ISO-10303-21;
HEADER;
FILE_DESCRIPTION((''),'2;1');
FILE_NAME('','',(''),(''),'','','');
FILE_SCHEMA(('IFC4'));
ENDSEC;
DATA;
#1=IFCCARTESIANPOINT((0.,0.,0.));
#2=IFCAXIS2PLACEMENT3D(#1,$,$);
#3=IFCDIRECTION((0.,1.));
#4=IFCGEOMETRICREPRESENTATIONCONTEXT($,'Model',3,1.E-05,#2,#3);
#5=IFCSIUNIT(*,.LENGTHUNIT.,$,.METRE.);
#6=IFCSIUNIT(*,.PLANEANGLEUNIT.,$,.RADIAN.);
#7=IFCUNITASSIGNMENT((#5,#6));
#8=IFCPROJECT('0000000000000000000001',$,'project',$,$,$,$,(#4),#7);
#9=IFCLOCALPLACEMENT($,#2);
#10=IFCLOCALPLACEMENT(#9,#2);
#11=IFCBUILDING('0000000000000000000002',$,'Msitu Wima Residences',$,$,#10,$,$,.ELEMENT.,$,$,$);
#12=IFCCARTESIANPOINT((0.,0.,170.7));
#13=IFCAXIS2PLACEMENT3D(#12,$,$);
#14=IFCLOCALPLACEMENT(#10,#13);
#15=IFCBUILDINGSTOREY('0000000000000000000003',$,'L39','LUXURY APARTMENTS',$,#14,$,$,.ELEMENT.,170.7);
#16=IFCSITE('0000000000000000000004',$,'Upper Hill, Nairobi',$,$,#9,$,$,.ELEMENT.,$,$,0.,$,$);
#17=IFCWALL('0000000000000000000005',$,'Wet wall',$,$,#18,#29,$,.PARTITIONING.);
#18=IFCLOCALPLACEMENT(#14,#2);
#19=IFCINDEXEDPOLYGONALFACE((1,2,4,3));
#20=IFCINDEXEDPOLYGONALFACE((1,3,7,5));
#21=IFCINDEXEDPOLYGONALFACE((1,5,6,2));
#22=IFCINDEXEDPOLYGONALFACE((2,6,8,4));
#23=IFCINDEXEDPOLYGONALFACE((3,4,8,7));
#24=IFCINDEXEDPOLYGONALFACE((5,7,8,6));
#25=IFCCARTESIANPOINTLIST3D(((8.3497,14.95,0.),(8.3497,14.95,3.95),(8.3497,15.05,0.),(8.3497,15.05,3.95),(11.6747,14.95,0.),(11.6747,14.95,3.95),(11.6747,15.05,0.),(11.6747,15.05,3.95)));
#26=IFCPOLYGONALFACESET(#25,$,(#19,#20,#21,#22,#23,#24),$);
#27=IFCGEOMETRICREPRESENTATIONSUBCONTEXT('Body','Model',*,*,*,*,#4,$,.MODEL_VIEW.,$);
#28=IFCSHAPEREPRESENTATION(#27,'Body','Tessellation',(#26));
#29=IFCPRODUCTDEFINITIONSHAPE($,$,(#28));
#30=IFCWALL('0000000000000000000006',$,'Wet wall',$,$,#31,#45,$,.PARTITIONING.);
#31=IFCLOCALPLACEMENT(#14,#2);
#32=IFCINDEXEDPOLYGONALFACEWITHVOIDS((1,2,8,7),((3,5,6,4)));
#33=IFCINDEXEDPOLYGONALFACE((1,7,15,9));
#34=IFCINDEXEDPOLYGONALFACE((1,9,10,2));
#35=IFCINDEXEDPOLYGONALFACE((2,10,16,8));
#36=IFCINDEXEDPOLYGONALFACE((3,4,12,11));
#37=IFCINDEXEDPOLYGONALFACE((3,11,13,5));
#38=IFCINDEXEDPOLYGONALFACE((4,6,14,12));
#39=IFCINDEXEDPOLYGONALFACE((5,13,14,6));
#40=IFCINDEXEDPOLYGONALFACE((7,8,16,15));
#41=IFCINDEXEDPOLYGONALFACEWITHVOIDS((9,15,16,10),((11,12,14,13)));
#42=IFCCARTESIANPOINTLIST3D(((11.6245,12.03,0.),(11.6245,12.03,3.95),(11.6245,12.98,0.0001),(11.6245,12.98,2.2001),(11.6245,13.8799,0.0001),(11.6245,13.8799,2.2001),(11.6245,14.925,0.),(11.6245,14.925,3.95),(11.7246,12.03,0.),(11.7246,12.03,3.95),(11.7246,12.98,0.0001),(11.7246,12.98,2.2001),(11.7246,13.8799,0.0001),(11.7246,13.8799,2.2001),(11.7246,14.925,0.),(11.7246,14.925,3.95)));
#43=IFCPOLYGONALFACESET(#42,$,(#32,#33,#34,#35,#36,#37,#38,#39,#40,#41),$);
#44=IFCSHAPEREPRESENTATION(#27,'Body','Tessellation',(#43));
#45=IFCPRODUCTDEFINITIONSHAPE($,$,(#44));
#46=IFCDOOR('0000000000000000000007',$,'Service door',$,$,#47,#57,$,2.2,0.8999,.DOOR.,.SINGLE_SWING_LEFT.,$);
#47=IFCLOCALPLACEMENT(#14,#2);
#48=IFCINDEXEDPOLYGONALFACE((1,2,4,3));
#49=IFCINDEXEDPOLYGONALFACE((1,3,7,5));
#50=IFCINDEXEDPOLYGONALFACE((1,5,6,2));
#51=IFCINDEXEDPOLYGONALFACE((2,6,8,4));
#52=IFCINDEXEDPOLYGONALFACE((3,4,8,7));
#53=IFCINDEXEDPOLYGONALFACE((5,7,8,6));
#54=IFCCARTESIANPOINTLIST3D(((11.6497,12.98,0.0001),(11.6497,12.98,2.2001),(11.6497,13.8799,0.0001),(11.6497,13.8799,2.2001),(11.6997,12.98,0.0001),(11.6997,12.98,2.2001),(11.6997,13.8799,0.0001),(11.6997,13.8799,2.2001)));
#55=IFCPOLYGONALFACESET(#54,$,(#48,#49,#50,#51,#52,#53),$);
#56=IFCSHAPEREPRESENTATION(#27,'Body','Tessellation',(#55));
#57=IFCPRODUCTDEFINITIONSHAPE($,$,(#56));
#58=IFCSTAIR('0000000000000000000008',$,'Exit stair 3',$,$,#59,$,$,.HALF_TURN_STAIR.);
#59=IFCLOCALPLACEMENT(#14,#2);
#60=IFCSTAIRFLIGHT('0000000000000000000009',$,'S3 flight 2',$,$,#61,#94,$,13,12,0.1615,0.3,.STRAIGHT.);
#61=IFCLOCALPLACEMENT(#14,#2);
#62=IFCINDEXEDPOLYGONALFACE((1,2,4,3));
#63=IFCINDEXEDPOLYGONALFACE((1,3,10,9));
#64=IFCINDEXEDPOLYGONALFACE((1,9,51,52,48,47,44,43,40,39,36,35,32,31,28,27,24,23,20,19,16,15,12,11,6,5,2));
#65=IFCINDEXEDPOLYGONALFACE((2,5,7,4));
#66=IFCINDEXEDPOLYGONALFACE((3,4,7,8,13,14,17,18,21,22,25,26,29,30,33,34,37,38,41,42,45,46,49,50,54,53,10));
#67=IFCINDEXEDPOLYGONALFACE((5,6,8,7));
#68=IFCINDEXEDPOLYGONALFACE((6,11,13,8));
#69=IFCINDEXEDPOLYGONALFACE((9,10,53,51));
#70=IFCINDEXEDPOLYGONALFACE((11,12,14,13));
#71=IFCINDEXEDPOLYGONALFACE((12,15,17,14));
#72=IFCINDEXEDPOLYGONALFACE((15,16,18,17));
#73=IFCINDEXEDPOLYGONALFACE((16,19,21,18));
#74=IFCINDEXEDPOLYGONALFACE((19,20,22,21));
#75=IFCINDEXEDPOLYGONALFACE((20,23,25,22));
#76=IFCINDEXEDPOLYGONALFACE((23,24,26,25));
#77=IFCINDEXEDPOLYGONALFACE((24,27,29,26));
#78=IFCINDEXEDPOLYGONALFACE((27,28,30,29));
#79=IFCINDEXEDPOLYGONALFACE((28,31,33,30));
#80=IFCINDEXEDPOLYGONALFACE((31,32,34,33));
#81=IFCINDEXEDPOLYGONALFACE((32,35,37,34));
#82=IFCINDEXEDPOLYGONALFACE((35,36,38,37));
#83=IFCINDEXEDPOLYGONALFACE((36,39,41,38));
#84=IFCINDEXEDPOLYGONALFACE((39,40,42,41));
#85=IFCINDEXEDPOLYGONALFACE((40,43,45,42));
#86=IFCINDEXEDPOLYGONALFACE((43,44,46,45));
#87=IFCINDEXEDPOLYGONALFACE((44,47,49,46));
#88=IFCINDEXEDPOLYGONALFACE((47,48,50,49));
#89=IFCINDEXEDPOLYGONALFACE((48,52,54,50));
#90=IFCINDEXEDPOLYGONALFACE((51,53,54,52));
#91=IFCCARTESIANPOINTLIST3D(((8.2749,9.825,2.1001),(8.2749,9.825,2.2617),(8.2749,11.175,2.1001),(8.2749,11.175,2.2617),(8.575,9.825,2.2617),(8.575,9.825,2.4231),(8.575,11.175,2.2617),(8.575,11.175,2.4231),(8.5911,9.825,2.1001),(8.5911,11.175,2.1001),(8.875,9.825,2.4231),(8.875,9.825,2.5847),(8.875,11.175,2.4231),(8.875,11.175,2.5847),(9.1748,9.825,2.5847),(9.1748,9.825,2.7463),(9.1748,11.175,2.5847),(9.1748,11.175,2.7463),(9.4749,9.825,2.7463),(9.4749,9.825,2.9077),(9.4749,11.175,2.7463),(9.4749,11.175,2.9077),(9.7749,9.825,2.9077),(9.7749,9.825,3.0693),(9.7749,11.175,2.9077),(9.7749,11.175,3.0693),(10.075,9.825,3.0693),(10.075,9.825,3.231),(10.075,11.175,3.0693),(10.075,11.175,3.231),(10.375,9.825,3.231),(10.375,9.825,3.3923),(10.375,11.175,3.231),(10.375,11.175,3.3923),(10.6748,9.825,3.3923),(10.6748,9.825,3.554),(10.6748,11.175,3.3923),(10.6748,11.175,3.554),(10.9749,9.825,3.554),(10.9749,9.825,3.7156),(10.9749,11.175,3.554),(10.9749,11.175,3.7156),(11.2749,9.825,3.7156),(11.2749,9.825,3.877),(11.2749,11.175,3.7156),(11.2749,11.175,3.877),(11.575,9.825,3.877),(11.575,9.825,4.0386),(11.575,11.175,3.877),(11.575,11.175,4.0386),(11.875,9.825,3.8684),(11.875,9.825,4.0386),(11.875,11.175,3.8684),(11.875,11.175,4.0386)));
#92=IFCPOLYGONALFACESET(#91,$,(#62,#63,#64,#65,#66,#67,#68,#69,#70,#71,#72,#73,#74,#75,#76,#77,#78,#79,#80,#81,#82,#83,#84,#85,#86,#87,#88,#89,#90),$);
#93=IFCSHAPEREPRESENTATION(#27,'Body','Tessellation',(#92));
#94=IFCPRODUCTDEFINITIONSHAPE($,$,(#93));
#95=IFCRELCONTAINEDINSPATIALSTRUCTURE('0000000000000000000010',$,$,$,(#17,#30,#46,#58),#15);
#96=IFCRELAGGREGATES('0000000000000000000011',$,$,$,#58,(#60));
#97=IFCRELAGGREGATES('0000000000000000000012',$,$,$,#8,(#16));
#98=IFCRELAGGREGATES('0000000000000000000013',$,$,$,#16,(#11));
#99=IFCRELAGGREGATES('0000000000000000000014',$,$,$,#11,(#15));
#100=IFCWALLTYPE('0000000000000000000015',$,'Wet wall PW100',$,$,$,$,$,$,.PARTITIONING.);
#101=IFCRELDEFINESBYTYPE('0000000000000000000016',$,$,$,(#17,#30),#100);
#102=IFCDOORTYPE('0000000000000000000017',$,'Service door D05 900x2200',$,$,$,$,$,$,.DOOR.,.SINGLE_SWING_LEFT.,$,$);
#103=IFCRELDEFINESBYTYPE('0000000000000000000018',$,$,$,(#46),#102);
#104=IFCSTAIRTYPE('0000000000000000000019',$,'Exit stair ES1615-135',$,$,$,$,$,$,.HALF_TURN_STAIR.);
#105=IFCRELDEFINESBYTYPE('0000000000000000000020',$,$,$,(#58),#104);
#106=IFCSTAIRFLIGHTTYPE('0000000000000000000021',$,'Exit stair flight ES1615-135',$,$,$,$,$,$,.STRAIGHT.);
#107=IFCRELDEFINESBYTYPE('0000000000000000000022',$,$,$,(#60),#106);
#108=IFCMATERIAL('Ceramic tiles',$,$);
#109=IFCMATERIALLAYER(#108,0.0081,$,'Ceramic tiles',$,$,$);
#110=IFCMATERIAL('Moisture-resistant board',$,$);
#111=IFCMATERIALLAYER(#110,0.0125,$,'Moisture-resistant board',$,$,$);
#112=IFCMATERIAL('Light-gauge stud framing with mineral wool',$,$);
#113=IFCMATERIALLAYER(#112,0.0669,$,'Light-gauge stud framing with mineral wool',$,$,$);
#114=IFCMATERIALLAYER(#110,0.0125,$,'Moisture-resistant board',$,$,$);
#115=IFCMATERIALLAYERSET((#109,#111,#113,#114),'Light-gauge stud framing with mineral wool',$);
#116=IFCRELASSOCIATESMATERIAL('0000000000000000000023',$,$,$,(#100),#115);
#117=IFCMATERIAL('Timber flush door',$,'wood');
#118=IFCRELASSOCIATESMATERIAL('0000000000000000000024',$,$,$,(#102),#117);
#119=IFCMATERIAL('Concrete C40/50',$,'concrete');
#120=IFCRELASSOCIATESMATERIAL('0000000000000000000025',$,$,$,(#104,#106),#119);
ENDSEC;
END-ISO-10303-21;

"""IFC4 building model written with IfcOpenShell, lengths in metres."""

from ifc_helpers import new_model, si_unit, direction, frame, frame_2d, origin, place, context, subcontext, project, spatial, polyline, rectangle, outline, extrude, material, layer, layer_set, type_object, element, fill, aggregate, save


model = new_model("IFC4")

# Units and contexts
model_context = context("Model", 3, precision=1e-05, world=origin(), true_north=direction((0.0, 1.0)))
body_context = subcontext(model_context, "Body", "Model", "MODEL_VIEW")
ifc_project = project(units=[si_unit("LENGTHUNIT", "METRE"), si_unit("PLANEANGLEUNIT", "RADIAN")], contexts=[model_context])

# Site, building, storey
site_placement = place(None, origin())
site = spatial("IfcSite", under=ifc_project, at=site_placement, Name="Upper Hill, Nairobi", CompositionType="ELEMENT", RefElevation=0.0)
building_placement = place(site_placement, origin())
building = spatial("IfcBuilding", under=site, at=building_placement, Name="Msitu Wima Residences", CompositionType="ELEMENT")
storey_placement = place(building_placement, frame((0.0, 0.0, 170.7)))
storey = spatial("IfcBuildingStorey", under=building, at=storey_placement, Name="L39", Description="LUXURY APARTMENTS", CompositionType="ELEMENT", Elevation=170.7)

# Shared definitions
ifc_material_1 = material(Name="Concrete C40/50", Category="concrete")

# Shared definitions
ifc_material_2 = material(Name="Timber flush door", Category="wood")

# Shared definitions
ifc_material_3 = material(Name="Ceramic tiles")
ifc_layer_1 = layer(ifc_material_3, 0.0081, Name="Ceramic tiles")
ifc_material_4 = material(Name="Moisture-resistant board")
ifc_layer_2 = layer(ifc_material_4, 0.0125, Name="Moisture-resistant board")
ifc_material_5 = material(Name="Light-gauge stud framing with mineral wool")
ifc_layer_3 = layer(ifc_material_5, 0.0669, Name="Light-gauge stud framing with mineral wool")
ifc_layer_4 = layer(ifc_material_4, 0.0125, Name="Moisture-resistant board")
ifc_layer_set_1 = layer_set([ifc_layer_1, ifc_layer_2, ifc_layer_3, ifc_layer_4], Name="Light-gauge stud framing with mineral wool")
wall_type_1 = type_object("IfcWallType", Name="Wet wall PW100", PredefinedType="PARTITIONING", material=ifc_layer_set_1)

# Wall
wall_1_placement = place(storey_placement, frame((8.3496, 15.0, 0.0), z_axis=(0.0, 0.0, 1.0), x_axis=(1.0, 0.0, 0.0)))
element("IfcWall", 1, at=wall_1_placement, inside=storey, type_object=wall_type_1, Name="Wet wall", PredefinedType="PARTITIONING", context=body_context, shape_type="SweptSolid", body=[
    extrude(rectangle(XDim=3.325, YDim=0.1001, at=frame_2d((1.6626, 0.0))), origin(), (0.0, 0.0, 1.0), 3.95),
])

# Wall, opening, door
wall_2_placement = place(storey_placement, frame((11.6746, 12.03, 0.0), z_axis=(0.0, 0.0, 1.0), x_axis=(0.0, 1.0, 0.0)))
wall_2 = element("IfcWall", 2, at=wall_2_placement, inside=storey, type_object=wall_type_1, Name="Wet wall", PredefinedType="PARTITIONING", context=body_context, shape_type="SweptSolid", body=[
    extrude(rectangle(XDim=2.895, YDim=0.1001, at=frame_2d((1.4475, 0.0))), origin(), (0.0, 0.0, 1.0), 3.95),
])
opening_1_placement = place(wall_2_placement, frame((0.95, 0.0, 0.0)))
opening_1 = element("IfcOpeningElement", 3, at=opening_1_placement, cuts=wall_2, PredefinedType="OPENING", context=body_context, shape_type="SweptSolid", body=[
    extrude(rectangle(XDim=0.8999, YDim=2.2, at=frame_2d((0.45, 1.1001))), frame((0.0, 0.0601, 0.0), z_axis=(0.0, -1.0, 0.0), x_axis=(1.0, 0.0, 0.0)), (0.0, 0.0, 1.0), 0.1201),
])
door_type_1 = type_object("IfcDoorType", Name="Service door D05 900x2200", OperationType="SINGLE_SWING_LEFT", PredefinedType="DOOR", material=ifc_material_2)
door_1_placement = place(opening_1_placement, origin())
door_1 = element("IfcDoor", 4, at=door_1_placement, inside=storey, type_object=door_type_1, Name="Service door", OperationType="SINGLE_SWING_LEFT", OverallHeight=2.2, OverallWidth=0.8999, PredefinedType="DOOR", context=body_context, shape_type="SweptSolid", body=[
    extrude(rectangle(XDim=0.8999, YDim=2.2, at=frame_2d((0.45, 1.1001))), frame((0.0, 0.0249, 0.0), z_axis=(0.0, -1.0, 0.0), x_axis=(1.0, 0.0, 0.0)), (0.0, 0.0, 1.0), 0.05),
])
fill(opening_1, door_1)

# Stair, stair flight
stair_type = type_object("IfcStairType", Name="Exit stair ES1615-135", PredefinedType="HALF_TURN_STAIR", material=ifc_material_1)
stair_placement = place(storey_placement, origin())
stair = element("IfcStair", 5, at=stair_placement, inside=storey, type_object=stair_type, Name="Exit stair 3", PredefinedType="HALF_TURN_STAIR")
stair_flight_type = type_object("IfcStairFlightType", Name="Exit stair flight ES1615-135", PredefinedType="STRAIGHT", material=ifc_material_1)
stair_flight_placement = place(storey_placement, frame((8.2749, 10.5, 2.1001), z_axis=(0.0, 0.0, 1.0), x_axis=(1.0, 0.0, 0.0)))
stair_flight = element("IfcStairFlight", 6, at=stair_flight_placement, type_object=stair_flight_type, Name="S3 flight 2", NumberOfRisers=13, NumberOfTreads=12, PredefinedType="STRAIGHT", RiserHeight=0.1615, TreadLength=0.3, context=body_context, shape_type="SweptSolid", body=[
    extrude(outline(polyline([(0.0, 0.0), (0.0, 0.1616), (0.3, 0.1616), (0.3, 0.323), (0.6001, 0.323), (0.6001, 0.4846), (0.8999, 0.4846), (0.8999, 0.6462), (1.2, 0.6462), (1.2, 0.8076), (1.5, 0.8076), (1.5, 0.9692), (1.8, 0.9692), (1.8, 1.1309), (2.1001, 1.1309), (2.1001, 1.2922), (2.3999, 1.2922), (2.3999, 1.4539), (2.7, 1.4539), (2.7, 1.6155), (3.0, 1.6155), (3.0, 1.7769), (3.3, 1.7769), (3.3, 1.9385), (3.6001, 1.9385), (3.6001, 2.1001), (3.6001, 1.7683), (0.3162, 0.0), (0.0, 0.0)])), frame((0.0, 0.675, 0.0), z_axis=(0.0, -1.0, 0.0), x_axis=(1.0, 0.0, 0.0)), (0.0, 0.0, 1.0), 1.3501),
])
aggregate(stair, [stair_flight])

save(model, "model.ifc")
